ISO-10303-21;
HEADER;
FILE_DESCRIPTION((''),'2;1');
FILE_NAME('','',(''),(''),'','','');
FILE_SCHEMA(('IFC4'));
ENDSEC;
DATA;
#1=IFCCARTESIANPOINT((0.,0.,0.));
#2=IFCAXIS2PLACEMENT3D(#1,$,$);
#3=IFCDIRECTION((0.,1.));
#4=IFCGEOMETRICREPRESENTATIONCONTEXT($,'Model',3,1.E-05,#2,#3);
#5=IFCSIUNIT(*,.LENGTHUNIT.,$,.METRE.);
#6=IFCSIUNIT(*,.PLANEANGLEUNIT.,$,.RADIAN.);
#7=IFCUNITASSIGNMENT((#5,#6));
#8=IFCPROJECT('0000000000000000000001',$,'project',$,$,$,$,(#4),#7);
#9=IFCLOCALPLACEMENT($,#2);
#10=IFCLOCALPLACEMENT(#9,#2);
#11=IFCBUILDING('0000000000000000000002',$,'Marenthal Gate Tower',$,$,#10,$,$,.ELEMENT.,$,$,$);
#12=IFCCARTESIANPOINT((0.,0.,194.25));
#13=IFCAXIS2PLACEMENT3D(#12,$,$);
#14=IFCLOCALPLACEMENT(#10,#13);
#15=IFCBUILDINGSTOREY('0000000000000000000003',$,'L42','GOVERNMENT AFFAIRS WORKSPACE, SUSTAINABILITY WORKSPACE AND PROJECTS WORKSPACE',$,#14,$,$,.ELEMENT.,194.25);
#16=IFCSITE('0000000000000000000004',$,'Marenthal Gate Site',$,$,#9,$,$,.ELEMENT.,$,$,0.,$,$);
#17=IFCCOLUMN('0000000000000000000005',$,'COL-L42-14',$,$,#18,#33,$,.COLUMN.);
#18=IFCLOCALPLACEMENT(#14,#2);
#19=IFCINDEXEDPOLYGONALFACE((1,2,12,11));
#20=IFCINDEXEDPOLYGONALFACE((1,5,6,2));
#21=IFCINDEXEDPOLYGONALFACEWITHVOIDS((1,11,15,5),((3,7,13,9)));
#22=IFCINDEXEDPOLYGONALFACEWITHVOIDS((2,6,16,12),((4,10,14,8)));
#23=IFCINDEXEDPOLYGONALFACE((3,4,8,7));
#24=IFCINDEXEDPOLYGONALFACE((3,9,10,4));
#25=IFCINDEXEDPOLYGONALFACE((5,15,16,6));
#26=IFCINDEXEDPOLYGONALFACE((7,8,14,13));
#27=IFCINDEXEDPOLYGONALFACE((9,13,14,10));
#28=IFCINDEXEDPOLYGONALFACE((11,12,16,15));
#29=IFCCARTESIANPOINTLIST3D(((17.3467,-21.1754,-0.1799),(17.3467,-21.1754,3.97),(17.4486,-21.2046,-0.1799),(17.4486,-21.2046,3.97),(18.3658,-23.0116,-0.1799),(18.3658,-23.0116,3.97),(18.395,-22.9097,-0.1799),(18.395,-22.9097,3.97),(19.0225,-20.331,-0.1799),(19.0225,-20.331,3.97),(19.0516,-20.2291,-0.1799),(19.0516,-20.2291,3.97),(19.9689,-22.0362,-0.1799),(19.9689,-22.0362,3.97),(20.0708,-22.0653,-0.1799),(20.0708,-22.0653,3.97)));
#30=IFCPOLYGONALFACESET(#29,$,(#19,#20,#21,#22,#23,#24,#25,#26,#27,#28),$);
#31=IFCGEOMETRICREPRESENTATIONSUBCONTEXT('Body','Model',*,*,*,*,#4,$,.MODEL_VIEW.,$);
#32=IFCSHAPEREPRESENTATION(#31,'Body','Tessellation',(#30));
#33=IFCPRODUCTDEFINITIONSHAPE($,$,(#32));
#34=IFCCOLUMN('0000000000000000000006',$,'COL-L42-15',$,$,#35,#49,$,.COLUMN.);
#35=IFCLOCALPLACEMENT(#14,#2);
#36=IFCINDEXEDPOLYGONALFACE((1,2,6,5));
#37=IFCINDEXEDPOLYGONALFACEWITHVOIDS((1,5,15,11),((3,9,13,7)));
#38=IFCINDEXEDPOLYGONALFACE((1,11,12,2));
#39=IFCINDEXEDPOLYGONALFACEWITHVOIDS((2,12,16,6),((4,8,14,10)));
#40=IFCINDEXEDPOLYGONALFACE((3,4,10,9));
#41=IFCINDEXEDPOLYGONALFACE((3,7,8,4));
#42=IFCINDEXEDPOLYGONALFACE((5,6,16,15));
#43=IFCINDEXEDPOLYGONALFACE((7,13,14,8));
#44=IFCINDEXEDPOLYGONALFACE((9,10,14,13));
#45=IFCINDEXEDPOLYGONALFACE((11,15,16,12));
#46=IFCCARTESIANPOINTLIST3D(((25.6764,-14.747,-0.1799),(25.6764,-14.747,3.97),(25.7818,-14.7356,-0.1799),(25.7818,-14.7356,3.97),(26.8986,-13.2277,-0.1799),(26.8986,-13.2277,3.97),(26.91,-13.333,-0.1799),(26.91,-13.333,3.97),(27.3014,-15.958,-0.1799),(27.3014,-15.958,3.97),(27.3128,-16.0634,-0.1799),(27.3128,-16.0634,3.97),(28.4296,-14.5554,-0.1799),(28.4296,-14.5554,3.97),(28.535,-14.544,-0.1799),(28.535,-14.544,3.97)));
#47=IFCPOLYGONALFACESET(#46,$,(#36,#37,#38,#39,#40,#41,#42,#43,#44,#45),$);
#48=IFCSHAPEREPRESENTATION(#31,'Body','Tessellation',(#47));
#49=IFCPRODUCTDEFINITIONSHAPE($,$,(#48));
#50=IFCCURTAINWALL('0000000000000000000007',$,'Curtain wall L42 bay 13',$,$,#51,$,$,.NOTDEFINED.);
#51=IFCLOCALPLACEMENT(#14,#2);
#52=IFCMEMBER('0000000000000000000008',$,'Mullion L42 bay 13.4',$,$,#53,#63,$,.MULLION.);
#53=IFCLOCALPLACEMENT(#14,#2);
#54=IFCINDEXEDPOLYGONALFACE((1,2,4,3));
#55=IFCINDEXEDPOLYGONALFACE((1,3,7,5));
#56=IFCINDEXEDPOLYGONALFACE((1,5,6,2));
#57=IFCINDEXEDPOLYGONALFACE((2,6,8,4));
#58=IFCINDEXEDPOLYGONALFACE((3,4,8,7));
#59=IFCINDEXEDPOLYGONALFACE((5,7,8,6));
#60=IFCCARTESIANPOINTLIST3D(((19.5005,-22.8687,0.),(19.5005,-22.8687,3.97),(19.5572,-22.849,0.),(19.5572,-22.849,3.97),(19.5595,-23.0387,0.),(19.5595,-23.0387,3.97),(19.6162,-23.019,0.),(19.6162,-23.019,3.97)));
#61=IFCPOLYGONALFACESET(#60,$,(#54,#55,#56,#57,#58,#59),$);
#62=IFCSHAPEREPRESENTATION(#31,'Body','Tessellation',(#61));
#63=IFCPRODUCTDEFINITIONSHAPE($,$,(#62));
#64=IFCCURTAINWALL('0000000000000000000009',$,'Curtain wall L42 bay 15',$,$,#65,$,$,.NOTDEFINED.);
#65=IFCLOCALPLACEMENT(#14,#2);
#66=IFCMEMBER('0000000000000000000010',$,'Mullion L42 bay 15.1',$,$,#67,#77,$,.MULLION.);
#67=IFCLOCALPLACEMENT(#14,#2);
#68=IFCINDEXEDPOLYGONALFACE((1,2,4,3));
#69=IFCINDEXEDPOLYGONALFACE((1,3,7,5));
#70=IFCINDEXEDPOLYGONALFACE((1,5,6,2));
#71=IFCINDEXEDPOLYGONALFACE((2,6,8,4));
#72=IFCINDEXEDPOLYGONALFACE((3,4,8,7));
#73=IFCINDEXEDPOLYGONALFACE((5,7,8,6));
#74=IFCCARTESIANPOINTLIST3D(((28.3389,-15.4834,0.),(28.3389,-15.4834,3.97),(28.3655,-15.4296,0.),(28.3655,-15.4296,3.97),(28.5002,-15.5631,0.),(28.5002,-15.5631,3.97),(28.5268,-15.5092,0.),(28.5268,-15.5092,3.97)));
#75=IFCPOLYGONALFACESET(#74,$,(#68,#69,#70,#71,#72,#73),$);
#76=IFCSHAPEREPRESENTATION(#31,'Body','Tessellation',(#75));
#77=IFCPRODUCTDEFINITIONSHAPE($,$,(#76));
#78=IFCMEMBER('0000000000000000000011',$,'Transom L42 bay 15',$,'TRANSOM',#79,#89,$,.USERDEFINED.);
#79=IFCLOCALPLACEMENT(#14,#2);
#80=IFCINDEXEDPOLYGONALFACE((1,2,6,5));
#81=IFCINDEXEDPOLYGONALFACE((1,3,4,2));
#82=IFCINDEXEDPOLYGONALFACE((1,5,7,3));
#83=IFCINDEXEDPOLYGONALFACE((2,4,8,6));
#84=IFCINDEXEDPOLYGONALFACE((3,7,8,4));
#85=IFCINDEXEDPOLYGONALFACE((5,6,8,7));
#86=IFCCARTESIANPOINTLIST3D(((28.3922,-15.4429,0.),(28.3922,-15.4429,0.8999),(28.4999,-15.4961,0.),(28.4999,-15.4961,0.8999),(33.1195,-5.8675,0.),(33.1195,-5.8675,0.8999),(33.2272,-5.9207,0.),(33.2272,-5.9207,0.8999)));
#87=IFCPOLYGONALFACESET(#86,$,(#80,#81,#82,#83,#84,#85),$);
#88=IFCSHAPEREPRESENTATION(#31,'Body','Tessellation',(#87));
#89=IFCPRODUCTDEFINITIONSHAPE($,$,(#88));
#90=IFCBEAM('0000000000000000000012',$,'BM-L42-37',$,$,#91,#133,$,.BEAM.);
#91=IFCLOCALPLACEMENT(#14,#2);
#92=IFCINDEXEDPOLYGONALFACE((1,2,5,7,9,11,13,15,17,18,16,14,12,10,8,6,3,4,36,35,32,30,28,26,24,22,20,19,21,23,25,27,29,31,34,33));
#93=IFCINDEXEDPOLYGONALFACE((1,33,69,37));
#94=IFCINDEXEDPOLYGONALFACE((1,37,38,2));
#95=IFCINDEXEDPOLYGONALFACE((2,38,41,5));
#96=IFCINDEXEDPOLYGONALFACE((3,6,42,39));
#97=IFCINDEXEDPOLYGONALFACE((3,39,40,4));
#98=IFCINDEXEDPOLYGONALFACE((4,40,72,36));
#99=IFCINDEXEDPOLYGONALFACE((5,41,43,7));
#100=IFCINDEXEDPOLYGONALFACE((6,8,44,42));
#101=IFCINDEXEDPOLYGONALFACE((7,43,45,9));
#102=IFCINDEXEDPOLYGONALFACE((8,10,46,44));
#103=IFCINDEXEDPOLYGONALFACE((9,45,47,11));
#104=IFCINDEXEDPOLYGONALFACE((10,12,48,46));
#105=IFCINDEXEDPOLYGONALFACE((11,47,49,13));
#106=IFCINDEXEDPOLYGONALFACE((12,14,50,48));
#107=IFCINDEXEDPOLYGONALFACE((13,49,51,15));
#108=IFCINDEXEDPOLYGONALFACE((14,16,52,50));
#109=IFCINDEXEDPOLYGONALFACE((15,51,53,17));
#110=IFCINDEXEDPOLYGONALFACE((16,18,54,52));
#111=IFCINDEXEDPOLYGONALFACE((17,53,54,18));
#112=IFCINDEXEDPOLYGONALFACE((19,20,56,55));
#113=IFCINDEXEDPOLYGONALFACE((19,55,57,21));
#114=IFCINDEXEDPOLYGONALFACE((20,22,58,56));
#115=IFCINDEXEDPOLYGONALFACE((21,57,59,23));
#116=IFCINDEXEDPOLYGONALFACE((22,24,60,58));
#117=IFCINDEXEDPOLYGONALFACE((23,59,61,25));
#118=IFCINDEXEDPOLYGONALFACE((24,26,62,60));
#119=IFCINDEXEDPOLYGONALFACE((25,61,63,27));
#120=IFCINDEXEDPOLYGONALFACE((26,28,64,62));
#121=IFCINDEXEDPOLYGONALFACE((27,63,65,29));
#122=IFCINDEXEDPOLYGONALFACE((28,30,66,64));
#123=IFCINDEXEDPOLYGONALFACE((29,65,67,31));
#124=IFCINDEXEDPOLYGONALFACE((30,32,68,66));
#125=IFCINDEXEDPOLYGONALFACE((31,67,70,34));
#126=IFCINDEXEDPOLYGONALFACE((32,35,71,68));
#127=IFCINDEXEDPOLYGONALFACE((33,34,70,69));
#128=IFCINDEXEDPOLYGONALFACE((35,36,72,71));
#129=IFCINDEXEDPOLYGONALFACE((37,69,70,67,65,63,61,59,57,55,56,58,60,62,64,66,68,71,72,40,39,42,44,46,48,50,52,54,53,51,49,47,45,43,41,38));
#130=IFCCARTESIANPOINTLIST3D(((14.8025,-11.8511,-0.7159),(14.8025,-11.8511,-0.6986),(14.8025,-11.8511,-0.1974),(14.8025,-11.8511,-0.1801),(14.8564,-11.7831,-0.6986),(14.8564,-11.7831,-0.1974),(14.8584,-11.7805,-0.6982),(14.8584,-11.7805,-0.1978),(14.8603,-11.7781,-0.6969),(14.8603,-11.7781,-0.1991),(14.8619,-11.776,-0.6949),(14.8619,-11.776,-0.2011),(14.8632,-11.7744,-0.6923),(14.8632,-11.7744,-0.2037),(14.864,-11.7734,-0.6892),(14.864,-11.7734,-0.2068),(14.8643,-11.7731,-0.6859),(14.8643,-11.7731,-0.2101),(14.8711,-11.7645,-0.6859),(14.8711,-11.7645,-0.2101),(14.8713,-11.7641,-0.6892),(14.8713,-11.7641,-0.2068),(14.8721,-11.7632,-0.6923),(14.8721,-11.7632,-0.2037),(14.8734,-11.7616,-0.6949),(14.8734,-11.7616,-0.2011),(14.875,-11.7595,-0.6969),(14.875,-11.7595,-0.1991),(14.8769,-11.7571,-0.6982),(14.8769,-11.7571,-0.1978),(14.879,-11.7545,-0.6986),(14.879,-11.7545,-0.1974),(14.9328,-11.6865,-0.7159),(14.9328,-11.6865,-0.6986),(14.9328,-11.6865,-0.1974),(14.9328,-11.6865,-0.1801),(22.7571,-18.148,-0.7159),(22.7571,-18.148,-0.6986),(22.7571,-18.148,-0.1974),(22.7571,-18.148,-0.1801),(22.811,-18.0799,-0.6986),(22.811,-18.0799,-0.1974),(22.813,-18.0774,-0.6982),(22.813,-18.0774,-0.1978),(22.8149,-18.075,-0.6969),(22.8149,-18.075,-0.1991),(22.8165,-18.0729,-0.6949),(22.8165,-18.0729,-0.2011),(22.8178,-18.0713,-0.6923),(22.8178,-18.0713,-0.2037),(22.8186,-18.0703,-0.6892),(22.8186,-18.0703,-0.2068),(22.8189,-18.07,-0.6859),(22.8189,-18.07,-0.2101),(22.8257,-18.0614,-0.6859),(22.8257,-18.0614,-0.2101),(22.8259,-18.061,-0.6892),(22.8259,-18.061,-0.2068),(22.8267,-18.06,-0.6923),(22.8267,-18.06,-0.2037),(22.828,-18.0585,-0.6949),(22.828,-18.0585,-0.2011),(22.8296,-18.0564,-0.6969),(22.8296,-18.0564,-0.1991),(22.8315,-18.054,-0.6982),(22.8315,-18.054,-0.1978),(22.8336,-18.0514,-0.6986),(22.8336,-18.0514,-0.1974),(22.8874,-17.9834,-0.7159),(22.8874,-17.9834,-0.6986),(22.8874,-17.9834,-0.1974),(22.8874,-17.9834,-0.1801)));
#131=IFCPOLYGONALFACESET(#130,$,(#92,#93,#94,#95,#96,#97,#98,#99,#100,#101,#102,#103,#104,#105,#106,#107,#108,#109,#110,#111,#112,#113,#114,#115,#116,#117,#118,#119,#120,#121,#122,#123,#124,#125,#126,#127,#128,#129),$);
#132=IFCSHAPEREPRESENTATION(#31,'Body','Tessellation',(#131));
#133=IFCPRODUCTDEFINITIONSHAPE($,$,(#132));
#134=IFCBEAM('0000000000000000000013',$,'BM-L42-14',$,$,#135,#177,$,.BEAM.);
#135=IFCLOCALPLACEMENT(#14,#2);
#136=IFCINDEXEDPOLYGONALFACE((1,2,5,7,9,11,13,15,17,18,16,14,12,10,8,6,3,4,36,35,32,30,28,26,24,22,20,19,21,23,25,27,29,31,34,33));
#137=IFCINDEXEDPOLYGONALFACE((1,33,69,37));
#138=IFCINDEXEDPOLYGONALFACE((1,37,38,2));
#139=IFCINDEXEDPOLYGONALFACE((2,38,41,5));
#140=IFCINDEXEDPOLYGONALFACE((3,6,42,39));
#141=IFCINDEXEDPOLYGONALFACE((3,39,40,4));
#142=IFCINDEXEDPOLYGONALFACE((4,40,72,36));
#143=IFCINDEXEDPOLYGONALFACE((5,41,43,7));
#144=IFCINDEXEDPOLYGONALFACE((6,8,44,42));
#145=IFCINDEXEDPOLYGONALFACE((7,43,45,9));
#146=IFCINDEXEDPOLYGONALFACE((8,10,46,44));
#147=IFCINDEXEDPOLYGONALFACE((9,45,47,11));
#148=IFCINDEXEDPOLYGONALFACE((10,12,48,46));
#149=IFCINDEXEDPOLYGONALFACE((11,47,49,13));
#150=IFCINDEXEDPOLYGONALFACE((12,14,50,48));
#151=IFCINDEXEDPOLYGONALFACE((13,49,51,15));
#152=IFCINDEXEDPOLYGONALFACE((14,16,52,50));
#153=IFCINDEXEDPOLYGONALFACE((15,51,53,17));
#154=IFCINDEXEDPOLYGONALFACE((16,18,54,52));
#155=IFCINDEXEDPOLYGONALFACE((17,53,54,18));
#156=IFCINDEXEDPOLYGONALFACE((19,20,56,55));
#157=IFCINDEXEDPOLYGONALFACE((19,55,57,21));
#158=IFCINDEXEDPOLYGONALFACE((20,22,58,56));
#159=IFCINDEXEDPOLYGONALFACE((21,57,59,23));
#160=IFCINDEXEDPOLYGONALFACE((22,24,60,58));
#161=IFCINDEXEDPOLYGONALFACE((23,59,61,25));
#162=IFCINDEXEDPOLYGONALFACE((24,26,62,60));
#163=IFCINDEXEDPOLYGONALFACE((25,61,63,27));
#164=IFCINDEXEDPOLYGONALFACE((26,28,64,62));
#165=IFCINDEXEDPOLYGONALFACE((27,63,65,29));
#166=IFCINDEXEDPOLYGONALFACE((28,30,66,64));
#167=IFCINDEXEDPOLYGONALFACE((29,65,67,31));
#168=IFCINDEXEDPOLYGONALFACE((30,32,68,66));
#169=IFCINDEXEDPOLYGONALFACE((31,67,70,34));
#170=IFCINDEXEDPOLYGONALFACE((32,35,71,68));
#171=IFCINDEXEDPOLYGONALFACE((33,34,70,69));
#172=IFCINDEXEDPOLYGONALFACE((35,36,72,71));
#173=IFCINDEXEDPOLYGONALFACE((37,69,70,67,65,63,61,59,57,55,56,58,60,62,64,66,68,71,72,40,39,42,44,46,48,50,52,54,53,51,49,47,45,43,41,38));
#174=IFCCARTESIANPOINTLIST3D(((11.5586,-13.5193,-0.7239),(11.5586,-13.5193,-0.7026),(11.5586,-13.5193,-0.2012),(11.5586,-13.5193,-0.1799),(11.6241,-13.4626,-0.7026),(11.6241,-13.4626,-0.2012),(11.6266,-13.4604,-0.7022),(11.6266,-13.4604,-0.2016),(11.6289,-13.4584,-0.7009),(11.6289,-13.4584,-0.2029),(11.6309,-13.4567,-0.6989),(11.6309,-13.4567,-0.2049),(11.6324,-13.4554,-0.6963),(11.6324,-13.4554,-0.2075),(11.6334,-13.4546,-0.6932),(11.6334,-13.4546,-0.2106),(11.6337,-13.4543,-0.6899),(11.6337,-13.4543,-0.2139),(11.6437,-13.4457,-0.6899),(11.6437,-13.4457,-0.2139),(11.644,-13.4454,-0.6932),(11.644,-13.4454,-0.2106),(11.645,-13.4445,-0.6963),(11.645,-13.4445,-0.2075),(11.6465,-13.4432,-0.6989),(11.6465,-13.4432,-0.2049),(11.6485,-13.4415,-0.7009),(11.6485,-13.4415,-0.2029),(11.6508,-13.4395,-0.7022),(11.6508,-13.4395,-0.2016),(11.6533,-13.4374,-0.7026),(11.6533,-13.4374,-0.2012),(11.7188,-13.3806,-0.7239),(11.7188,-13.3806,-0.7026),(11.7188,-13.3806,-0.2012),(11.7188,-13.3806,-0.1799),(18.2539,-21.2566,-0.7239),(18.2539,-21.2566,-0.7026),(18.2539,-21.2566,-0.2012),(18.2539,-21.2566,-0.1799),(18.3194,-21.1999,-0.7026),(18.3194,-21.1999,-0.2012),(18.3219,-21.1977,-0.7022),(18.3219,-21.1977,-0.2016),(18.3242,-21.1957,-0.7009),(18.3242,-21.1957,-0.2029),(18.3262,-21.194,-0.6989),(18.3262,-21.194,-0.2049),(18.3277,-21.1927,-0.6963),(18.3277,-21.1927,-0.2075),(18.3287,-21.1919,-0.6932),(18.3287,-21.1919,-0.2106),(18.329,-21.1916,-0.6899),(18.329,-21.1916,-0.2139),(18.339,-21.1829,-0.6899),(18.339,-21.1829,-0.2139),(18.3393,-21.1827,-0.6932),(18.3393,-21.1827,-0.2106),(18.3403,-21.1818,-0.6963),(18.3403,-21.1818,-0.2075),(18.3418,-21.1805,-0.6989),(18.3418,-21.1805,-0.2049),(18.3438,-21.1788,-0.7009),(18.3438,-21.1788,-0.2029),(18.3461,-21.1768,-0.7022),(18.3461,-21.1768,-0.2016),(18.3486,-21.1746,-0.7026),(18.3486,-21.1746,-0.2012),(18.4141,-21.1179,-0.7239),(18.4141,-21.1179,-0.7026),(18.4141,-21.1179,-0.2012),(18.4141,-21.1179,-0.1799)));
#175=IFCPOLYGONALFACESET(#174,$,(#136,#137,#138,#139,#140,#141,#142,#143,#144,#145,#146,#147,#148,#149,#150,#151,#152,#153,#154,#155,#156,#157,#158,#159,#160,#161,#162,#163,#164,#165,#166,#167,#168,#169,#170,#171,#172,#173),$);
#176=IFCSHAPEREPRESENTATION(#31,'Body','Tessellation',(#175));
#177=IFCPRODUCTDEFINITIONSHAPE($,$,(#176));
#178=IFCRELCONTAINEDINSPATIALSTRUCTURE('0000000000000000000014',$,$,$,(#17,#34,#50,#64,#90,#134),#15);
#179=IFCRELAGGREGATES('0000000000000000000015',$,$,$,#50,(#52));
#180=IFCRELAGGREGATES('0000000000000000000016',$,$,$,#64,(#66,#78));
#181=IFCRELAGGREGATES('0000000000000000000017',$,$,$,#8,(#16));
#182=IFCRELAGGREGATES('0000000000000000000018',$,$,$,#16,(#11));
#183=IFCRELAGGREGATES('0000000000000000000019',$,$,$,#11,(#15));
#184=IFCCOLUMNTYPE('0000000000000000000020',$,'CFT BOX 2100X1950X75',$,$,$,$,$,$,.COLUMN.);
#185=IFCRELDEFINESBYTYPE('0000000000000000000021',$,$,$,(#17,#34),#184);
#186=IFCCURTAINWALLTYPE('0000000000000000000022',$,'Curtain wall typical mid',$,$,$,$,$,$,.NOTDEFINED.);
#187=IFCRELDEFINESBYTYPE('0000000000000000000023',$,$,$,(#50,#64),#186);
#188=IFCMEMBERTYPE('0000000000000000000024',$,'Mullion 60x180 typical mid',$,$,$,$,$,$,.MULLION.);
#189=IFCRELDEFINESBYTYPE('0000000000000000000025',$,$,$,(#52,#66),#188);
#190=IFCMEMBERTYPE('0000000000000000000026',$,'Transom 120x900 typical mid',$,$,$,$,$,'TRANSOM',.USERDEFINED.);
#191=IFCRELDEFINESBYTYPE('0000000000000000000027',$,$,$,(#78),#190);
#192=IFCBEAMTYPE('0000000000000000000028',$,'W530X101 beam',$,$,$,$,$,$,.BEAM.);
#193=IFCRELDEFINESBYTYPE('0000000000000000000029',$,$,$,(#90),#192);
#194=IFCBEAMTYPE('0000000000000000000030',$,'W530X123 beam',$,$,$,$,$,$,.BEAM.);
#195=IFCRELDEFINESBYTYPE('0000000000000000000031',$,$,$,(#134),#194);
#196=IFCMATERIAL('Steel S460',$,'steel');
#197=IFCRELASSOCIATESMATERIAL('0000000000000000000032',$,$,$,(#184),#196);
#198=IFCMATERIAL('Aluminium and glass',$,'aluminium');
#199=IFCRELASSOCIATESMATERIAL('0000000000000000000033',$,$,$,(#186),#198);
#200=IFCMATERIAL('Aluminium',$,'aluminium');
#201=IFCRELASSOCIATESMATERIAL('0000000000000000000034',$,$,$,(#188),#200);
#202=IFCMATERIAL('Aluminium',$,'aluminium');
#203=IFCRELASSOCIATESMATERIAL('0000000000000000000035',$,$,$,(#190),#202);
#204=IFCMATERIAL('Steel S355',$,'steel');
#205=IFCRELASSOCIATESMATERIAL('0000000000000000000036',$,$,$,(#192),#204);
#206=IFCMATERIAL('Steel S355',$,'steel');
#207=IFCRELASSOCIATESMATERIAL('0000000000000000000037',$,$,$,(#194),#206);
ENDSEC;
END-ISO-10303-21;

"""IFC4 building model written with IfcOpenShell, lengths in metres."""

from ifc_helpers import new_model, si_unit, direction, frame, origin, origin_2d, place, context, subcontext, project, spatial, rectangle, hollow_rectangle, i_section, extrude, material, material_profile, profile_set, type_object, element, aggregate, save


model = new_model("IFC4")

# Units and contexts
model_context = context("Model", 3, precision=1e-05, world=origin(), true_north=direction((0.0, 1.0)))
body_context = subcontext(model_context, "Body", "Model", "MODEL_VIEW")
ifc_project = project(units=[si_unit("LENGTHUNIT", "METRE"), si_unit("PLANEANGLEUNIT", "RADIAN")], contexts=[model_context])

# Site, building, storey
site_placement = place(None, origin())
site = spatial("IfcSite", under=ifc_project, at=site_placement, Name="Marenthal Gate Site", CompositionType="ELEMENT", RefElevation=0.0)
building_placement = place(site_placement, origin())
building = spatial("IfcBuilding", under=site, at=building_placement, Name="Marenthal Gate Tower", CompositionType="ELEMENT")
storey_placement = place(building_placement, frame((0.0, 0.0, 194.25)))
storey = spatial("IfcBuildingStorey", under=building, at=storey_placement, Name="L42", Description="GOVERNMENT AFFAIRS WORKSPACE, SUSTAINABILITY WORKSPACE AND PROJECTS WORKSPACE", CompositionType="ELEMENT", Elevation=194.25)

# Columns
ifc_material_1 = material(Name="Steel S460", Category="steel")
ifc_material_profile_1 = material_profile(ifc_material_1, hollow_rectangle(XDim=1.95, YDim=2.1001, WallThickness=0.075, at=origin_2d()), Name="CFT BOX 2100X1950X75")
ifc_material_2 = material(Name="Concrete 70 MPa", Category="concrete")
ifc_material_profile_2 = material_profile(ifc_material_2, rectangle(XDim=1.8, YDim=1.95, at=origin_2d()), Name="CFT BOX 2100X1950X75 INFILL")
ifc_profile_set_1 = profile_set([ifc_material_profile_1, ifc_material_profile_2], Name="Steel S460 shell, Concrete 70 MPa infill")
column_type = type_object("IfcColumnType", Name="CFT BOX 2100X1950X75", PredefinedType="COLUMN", material=ifc_profile_set_1)
for number, where, z_axis, x_axis, name in (
    (1, (18.7087, -21.6204, -0.1799), (0.0, 0.0, 1.0), (-0.874354, -0.485289, 0.0), "COL-L42-14"),
    (2, (27.1057, -14.6455, -0.1799), (0.0, 0.0, 1.0), (-0.626783, -0.779194, 0.0), "COL-L42-15"),
):
    element("IfcColumn", number, at=place(storey_placement, frame(where, z_axis=z_axis, x_axis=x_axis)), inside=storey, type_object=column_type, Name=name, PredefinedType="COLUMN", context=body_context, shape_type="SweptSolid", body=[
        extrude(hollow_rectangle(XDim=1.95, YDim=2.1001, WallThickness=0.075, at=origin_2d()), origin(), (0.0, 0.0, 1.0), 4.1499),
    ])

# Curtain wall, member
ifc_material_3 = material(Name="Aluminium and glass", Category="aluminium")
curtain_wall_type = type_object("IfcCurtainWallType", Name="Curtain wall typical mid", PredefinedType="NOTDEFINED", material=ifc_material_3)
curtain_wall_1_placement = place(storey_placement, origin())
curtain_wall_1 = element("IfcCurtainWall", 3, at=curtain_wall_1_placement, inside=storey, type_object=curtain_wall_type, Name="Curtain wall L42 bay 13", PredefinedType="NOTDEFINED")
ifc_material_4 = material(Name="Aluminium", Category="aluminium")
ifc_material_profile_3 = material_profile(ifc_material_4, rectangle(XDim=0.1799, YDim=0.0601, at=origin_2d()), Name="60x180 aluminium mullion")
ifc_profile_set_2 = profile_set([ifc_material_profile_3], Name="Aluminium")
member_type_1 = type_object("IfcMemberType", Name="Mullion 60x180 typical mid", PredefinedType="MULLION", material=ifc_profile_set_2)
member_1_placement = place(storey_placement, frame((19.5583, -22.9438, 0.0), z_axis=(0.0, 0.0, 1.0), x_axis=(-0.328273, 0.944583, 0.0)))
member_1 = element("IfcMember", 4, at=member_1_placement, type_object=member_type_1, Name="Mullion L42 bay 13.4", PredefinedType="MULLION", context=body_context, shape_type="SweptSolid", body=[
    extrude(rectangle(XDim=0.1799, YDim=0.0601, at=origin_2d()), origin(), (0.0, 0.0, 1.0), 3.97),
])
aggregate(curtain_wall_1, [member_1])

# Curtain wall, members
curtain_wall_2_placement = place(storey_placement, origin())
curtain_wall_2 = element("IfcCurtainWall", 5, at=curtain_wall_2_placement, inside=storey, type_object=curtain_wall_type, Name="Curtain wall L42 bay 15", PredefinedType="NOTDEFINED")
member_2_placement = place(storey_placement, frame((28.4329, -15.4963, 0.0), z_axis=(0.0, 0.0, 1.0), x_axis=(-0.896681, 0.442678, 0.0)))
member_2 = element("IfcMember", 6, at=member_2_placement, type_object=member_type_1, Name="Mullion L42 bay 15.1", PredefinedType="MULLION", context=body_context, shape_type="SweptSolid", body=[
    extrude(rectangle(XDim=0.1799, YDim=0.0601, at=origin_2d()), origin(), (0.0, 0.0, 1.0), 3.97),
])
ifc_material_5 = material(Name="Aluminium", Category="aluminium")
ifc_material_profile_4 = material_profile(ifc_material_5, rectangle(XDim=0.1201, YDim=0.8999, at=origin_2d()), Name="120x900 aluminium transom")
ifc_profile_set_3 = profile_set([ifc_material_profile_4], Name="Aluminium")
member_type_2 = type_object("IfcMemberType", Name="Transom 120x900 typical mid", ElementType="TRANSOM", PredefinedType="USERDEFINED", material=ifc_profile_set_3)
member_3_placement = place(storey_placement, frame((28.446, -15.4695, 0.45), z_axis=(0.442681, 0.896679, 0.0), x_axis=(-0.896679, 0.442681, 0.0)))
member_3 = element("IfcMember", 7, at=member_3_placement, type_object=member_type_2, Name="Transom L42 bay 15", ObjectType="TRANSOM", PredefinedType="USERDEFINED", context=body_context, shape_type="SweptSolid", body=[
    extrude(rectangle(XDim=0.1201, YDim=0.8999, at=origin_2d()), origin(), (0.0, 0.0, 1.0), 10.6787),
])

# Beams
ifc_material_6 = material(Name="Steel S355", Category="steel")
ifc_material_profile_5 = material_profile(ifc_material_6, i_section(OverallWidth=0.21, OverallDepth=0.5359, WebThickness=0.011, FlangeThickness=0.0173, FilletRadius=0.0127, at=origin_2d()), Name="W530X101")
ifc_profile_set_4 = profile_set([ifc_material_profile_5], Name="Steel S355")
beam_type_1 = type_object("IfcBeamType", Name="W530X101 beam", PredefinedType="BEAM", material=ifc_profile_set_4)
beam_1_placement = place(storey_placement, frame((22.8223, -18.0657, -0.448), z_axis=(-0.78407, 0.620672, 0.0), x_axis=(-0.620672, -0.78407, 0.0)))
element("IfcBeam", 8, at=beam_1_placement, inside=storey, type_object=beam_type_1, Name="BM-L42-37", PredefinedType="BEAM", context=body_context, shape_type="SweptSolid", body=[
    extrude(i_section(OverallWidth=0.21, OverallDepth=0.5359, WebThickness=0.011, FlangeThickness=0.0173, FilletRadius=0.0127, at=origin_2d()), origin(), (0.0, 0.0, 1.0), 10.1453),
])
ifc_material_7 = material(Name="Steel S355", Category="steel")
ifc_material_profile_6 = material_profile(ifc_material_7, i_section(OverallWidth=0.2119, OverallDepth=0.5439, WebThickness=0.0132, FlangeThickness=0.0212, FilletRadius=0.0127, at=origin_2d()), Name="W530X123")
ifc_profile_set_5 = profile_set([ifc_material_profile_6], Name="Steel S355")
beam_type_2 = type_object("IfcBeamType", Name="W530X123 beam", PredefinedType="BEAM", material=ifc_profile_set_5)
beam_2_placement = place(storey_placement, frame((18.334, -21.1873, -0.4519), z_axis=(-0.654353, 0.75619, 0.0), x_axis=(-0.75619, -0.654353, 0.0)))
element("IfcBeam", 9, at=beam_2_placement, inside=storey, type_object=beam_type_2, Name="BM-L42-14", PredefinedType="BEAM", context=body_context, shape_type="SweptSolid", body=[
    extrude(i_section(OverallWidth=0.2119, OverallDepth=0.5439, WebThickness=0.0132, FlangeThickness=0.0212, FilletRadius=0.0127, at=origin_2d()), origin(), (0.0, 0.0, 1.0), 10.2319),
])

aggregate(curtain_wall_2, [member_2, member_3])

save(model, "model.ifc")
